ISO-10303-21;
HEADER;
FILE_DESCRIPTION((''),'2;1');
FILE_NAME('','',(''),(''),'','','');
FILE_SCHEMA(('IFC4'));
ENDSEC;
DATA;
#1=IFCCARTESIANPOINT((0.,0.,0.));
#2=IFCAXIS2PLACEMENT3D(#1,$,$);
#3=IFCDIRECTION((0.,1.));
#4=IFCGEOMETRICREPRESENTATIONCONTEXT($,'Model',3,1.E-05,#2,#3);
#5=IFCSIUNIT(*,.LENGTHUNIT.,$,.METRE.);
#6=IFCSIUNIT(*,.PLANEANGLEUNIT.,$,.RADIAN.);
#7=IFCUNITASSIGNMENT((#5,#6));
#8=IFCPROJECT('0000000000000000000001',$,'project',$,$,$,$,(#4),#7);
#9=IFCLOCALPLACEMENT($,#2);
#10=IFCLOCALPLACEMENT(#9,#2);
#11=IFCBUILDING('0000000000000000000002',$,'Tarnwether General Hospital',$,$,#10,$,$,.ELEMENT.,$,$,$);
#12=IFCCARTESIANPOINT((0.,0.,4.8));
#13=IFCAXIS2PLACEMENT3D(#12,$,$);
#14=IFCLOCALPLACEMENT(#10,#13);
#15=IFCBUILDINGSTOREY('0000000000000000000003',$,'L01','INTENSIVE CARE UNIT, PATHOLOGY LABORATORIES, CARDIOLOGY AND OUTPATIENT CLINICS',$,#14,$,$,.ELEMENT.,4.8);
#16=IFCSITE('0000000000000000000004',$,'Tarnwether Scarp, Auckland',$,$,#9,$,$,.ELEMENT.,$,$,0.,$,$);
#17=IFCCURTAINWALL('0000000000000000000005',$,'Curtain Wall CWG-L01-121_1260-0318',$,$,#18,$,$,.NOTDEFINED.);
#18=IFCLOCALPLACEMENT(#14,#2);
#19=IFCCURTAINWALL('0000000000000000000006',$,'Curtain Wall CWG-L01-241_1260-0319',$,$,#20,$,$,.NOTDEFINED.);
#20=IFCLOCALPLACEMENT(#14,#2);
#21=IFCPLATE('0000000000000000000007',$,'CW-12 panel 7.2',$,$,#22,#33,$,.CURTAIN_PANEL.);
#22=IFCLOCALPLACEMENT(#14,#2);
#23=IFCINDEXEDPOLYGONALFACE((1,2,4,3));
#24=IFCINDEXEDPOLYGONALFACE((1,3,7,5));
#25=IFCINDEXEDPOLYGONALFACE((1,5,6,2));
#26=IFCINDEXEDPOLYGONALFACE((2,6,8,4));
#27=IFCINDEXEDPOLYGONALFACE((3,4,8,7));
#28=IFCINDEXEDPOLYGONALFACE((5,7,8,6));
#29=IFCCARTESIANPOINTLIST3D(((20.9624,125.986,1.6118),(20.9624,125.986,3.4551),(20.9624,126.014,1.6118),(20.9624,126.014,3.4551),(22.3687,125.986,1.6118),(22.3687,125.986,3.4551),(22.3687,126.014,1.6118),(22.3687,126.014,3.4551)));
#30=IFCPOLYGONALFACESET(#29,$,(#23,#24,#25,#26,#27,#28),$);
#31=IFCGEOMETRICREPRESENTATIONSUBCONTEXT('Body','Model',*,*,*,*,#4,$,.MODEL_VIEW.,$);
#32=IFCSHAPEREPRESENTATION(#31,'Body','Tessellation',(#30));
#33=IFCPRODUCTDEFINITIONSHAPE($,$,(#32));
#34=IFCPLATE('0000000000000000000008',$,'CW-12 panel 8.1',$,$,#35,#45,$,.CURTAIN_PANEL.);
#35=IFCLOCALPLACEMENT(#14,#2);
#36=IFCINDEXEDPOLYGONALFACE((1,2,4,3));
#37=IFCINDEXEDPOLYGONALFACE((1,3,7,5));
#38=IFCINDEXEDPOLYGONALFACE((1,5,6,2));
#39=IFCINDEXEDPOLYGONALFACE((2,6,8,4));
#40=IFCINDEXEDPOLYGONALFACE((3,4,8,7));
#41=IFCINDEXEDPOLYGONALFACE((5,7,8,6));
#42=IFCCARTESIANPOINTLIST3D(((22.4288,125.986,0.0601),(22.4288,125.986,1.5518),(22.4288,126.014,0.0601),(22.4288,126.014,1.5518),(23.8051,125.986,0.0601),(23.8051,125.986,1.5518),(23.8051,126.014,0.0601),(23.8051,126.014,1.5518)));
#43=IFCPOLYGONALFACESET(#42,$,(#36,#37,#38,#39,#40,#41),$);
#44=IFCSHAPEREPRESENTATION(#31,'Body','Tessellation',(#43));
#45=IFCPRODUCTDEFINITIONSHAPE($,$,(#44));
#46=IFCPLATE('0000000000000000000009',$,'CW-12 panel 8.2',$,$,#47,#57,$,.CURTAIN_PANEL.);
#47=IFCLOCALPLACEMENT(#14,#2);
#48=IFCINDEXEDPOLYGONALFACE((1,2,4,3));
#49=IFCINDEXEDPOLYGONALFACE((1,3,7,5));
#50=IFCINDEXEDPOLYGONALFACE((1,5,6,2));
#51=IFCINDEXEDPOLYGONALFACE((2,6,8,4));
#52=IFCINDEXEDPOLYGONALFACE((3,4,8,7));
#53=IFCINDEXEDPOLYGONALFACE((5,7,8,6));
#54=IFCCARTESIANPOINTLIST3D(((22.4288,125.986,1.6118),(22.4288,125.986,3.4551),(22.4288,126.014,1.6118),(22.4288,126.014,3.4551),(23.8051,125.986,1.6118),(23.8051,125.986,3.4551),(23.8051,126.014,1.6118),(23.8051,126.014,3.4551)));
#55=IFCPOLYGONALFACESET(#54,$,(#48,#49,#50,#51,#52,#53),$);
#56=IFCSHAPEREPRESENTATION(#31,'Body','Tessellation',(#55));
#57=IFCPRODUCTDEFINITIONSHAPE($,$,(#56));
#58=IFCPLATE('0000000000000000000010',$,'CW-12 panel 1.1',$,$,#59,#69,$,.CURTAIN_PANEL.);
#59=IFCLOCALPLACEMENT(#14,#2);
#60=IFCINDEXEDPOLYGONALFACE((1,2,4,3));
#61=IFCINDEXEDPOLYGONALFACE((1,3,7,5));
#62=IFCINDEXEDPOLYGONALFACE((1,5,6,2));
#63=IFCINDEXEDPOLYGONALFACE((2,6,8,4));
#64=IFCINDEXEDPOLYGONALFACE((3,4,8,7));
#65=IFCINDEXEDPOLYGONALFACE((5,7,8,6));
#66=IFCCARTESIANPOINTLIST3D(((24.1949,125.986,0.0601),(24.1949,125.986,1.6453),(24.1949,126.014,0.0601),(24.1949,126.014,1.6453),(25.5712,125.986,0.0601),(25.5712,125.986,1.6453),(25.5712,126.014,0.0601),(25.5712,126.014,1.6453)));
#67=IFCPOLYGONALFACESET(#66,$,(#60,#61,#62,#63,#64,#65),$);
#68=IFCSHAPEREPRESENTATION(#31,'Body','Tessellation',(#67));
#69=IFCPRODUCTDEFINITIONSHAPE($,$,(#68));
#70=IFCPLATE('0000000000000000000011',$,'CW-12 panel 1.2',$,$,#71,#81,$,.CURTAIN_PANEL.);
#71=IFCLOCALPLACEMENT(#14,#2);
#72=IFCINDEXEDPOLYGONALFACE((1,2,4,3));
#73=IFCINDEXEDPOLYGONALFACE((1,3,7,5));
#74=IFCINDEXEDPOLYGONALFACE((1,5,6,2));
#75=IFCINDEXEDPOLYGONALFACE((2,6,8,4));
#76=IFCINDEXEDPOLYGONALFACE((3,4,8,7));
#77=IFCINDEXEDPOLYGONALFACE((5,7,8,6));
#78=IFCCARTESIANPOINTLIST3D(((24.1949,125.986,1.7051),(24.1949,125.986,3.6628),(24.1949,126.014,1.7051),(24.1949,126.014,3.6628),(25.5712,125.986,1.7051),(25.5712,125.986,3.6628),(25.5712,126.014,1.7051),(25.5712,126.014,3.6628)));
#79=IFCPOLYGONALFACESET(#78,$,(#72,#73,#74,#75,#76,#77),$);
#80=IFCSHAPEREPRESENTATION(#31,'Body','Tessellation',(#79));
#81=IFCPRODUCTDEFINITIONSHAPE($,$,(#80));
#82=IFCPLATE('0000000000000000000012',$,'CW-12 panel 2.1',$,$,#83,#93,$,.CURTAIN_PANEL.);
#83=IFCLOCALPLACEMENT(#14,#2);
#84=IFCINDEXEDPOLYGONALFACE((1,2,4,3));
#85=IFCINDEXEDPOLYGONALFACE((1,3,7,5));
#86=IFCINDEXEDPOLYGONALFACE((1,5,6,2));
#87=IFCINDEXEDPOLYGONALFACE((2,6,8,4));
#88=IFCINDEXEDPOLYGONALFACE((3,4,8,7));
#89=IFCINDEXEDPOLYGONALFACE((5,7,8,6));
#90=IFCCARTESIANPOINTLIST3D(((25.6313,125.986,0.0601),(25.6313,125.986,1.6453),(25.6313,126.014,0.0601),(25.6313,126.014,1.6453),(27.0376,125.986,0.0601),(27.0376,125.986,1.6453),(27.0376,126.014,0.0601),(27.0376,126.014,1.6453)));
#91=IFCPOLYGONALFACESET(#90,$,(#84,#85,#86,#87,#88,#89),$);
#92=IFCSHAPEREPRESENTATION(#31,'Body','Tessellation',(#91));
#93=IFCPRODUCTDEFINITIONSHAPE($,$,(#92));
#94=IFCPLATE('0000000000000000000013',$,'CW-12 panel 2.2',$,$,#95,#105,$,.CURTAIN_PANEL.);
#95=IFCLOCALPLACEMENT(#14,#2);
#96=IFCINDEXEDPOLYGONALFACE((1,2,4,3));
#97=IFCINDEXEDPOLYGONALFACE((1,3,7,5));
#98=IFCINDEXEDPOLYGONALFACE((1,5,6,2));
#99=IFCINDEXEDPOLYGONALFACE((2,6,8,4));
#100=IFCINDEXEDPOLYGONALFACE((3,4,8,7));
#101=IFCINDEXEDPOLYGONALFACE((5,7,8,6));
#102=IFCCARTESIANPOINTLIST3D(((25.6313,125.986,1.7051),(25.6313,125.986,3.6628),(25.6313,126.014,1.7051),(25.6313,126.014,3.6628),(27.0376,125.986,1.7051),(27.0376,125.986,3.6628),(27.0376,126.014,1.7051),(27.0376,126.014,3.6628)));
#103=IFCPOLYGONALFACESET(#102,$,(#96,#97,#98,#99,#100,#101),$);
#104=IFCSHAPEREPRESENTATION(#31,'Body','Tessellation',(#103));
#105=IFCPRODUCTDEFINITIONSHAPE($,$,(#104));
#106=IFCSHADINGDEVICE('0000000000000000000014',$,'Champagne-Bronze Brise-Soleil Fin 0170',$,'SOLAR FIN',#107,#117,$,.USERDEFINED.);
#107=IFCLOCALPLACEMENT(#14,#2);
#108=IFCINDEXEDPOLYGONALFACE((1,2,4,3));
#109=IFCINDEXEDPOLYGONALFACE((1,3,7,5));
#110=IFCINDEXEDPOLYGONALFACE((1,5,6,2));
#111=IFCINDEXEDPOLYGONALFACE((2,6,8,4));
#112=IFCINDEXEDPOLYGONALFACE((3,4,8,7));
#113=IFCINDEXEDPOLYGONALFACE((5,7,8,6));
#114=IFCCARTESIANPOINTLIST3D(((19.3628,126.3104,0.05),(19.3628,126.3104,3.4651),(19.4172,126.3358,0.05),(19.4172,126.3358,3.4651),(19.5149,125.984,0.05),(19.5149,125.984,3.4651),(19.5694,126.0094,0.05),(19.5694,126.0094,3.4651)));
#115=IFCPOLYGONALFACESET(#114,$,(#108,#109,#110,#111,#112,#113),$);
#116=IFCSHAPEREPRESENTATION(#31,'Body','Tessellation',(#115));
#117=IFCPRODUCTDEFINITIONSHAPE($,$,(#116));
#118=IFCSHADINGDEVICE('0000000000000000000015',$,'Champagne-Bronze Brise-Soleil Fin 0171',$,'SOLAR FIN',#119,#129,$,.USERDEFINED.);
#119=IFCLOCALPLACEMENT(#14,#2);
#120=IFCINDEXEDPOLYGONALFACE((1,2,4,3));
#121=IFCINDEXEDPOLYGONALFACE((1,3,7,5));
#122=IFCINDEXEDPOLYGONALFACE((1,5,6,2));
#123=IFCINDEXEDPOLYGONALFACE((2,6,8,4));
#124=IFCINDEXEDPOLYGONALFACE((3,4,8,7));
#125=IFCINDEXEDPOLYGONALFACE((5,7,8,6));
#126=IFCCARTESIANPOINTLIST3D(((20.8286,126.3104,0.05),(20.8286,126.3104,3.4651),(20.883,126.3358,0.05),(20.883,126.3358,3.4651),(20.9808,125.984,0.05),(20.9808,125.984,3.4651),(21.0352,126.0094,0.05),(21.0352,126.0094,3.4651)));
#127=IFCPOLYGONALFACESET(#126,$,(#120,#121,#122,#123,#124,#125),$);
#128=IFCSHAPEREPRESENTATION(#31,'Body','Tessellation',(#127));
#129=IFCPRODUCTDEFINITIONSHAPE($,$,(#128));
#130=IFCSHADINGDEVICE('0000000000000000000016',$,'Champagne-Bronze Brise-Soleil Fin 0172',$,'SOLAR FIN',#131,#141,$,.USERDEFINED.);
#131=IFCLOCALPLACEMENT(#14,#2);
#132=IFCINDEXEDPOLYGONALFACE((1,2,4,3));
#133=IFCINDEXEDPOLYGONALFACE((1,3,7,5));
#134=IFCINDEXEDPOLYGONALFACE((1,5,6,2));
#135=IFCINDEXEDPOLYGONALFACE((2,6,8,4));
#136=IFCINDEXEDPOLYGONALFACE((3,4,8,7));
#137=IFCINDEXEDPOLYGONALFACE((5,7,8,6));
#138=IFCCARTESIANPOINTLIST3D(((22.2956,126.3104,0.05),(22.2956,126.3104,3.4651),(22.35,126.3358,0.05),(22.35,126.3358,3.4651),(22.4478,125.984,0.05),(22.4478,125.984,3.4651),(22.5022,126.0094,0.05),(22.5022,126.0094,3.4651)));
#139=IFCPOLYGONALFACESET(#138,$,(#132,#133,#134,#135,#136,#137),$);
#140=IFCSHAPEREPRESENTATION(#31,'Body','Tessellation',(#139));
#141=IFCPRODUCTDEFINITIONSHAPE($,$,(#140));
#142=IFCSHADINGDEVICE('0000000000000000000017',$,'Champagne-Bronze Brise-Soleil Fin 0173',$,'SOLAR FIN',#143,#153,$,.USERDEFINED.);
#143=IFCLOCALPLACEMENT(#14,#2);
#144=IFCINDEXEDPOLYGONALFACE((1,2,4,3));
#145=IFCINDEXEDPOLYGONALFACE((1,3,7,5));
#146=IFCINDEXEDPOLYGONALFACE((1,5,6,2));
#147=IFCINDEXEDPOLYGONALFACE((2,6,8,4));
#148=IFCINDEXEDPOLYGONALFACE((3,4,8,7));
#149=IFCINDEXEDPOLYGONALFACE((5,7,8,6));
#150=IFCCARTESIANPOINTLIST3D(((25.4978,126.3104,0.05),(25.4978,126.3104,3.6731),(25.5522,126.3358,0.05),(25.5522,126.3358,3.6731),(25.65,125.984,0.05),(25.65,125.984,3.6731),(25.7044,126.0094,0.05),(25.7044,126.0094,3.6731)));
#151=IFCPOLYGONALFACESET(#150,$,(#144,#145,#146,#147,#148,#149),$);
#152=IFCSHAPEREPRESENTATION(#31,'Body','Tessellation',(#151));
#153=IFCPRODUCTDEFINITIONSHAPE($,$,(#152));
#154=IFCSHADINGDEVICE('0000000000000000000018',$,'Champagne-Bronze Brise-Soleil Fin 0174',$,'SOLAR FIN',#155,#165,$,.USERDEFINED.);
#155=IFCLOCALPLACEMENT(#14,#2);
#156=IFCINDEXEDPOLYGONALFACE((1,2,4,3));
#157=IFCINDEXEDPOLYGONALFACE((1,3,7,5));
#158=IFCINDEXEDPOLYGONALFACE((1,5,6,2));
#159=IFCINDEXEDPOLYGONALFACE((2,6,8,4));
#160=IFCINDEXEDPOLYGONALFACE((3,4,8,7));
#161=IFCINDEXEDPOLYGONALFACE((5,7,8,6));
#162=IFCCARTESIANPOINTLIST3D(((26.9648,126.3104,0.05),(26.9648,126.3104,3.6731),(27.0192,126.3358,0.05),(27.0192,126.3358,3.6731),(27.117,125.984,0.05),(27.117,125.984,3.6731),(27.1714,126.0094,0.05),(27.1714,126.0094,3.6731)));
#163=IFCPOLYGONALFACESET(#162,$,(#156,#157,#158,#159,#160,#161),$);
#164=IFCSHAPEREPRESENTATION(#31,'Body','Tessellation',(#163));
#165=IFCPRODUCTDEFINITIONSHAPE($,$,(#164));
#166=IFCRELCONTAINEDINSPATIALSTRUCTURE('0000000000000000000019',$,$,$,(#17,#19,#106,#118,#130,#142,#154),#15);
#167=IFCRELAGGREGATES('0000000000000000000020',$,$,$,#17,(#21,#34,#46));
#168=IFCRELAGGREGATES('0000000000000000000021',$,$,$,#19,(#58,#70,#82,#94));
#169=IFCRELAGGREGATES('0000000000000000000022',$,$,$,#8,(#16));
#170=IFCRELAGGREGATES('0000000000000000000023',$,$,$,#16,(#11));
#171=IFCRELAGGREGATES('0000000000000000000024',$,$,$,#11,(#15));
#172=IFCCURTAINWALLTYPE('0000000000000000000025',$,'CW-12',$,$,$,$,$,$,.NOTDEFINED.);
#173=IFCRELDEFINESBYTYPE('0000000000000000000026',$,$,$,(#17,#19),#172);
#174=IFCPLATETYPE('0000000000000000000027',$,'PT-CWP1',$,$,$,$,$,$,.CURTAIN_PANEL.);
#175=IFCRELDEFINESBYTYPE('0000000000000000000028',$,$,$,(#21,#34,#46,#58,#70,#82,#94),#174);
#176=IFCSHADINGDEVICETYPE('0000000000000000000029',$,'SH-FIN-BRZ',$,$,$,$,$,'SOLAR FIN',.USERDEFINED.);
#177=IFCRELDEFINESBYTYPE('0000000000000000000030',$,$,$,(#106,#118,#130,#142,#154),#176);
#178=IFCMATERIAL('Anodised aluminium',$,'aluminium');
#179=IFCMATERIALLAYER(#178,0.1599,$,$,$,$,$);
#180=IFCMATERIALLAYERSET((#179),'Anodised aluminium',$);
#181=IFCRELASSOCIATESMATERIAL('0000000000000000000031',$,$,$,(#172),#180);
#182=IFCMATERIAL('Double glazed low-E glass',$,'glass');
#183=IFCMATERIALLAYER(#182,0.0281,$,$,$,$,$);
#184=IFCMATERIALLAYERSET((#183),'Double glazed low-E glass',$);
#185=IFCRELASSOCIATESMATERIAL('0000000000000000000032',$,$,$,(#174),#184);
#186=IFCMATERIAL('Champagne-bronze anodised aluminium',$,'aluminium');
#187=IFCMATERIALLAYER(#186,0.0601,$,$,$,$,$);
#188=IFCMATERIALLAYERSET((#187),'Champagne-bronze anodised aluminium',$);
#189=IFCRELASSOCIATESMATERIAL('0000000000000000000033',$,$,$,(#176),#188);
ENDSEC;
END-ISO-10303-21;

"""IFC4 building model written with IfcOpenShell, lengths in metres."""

from ifc_helpers import new_model, si_unit, direction, frame, origin, origin_2d, place, context, subcontext, project, spatial, rectangle, extrude, material, layer, layer_set, type_object, element, aggregate, save


model = new_model("IFC4")

# Units and contexts
model_context = context("Model", 3, precision=1e-05, world=origin(), true_north=direction((0.0, 1.0)))
body_context = subcontext(model_context, "Body", "Model", "MODEL_VIEW")
ifc_project = project(units=[si_unit("LENGTHUNIT", "METRE"), si_unit("PLANEANGLEUNIT", "RADIAN")], contexts=[model_context])

# Site, building, storey
site_placement = place(None, origin())
site = spatial("IfcSite", under=ifc_project, at=site_placement, Name="Tarnwether Scarp, Auckland", CompositionType="ELEMENT", RefElevation=0.0)
building_placement = place(site_placement, origin())
building = spatial("IfcBuilding", under=site, at=building_placement, Name="Tarnwether General Hospital", CompositionType="ELEMENT")
storey_placement = place(building_placement, frame((0.0, 0.0, 4.8)))
storey = spatial("IfcBuildingStorey", under=building, at=storey_placement, Name="L01", Description="INTENSIVE CARE UNIT, PATHOLOGY LABORATORIES, CARDIOLOGY AND OUTPATIENT CLINICS", CompositionType="ELEMENT", Elevation=4.8)

# Curtain walls
ifc_material_1 = material(Name="Anodised aluminium", Category="aluminium")
ifc_layer_1 = layer(ifc_material_1, 0.1599)
ifc_layer_set_1 = layer_set([ifc_layer_1], Name="Anodised aluminium")
curtain_wall_type = type_object("IfcCurtainWallType", Name="CW-12", PredefinedType="NOTDEFINED", material=ifc_layer_set_1)
curtain_wall_1_placement = place(storey_placement, origin())
curtain_wall_1 = element("IfcCurtainWall", 1, at=curtain_wall_1_placement, inside=storey, type_object=curtain_wall_type, Name="Curtain Wall CWG-L01-121_1260-0318", PredefinedType="NOTDEFINED")
curtain_wall_2_placement = place(storey_placement, origin())
curtain_wall_2 = element("IfcCurtainWall", 2, at=curtain_wall_2_placement, inside=storey, type_object=curtain_wall_type, Name="Curtain Wall CWG-L01-241_1260-0319", PredefinedType="NOTDEFINED")

# Plates
ifc_material_2 = material(Name="Double glazed low-E glass", Category="glass")
ifc_layer_2 = layer(ifc_material_2, 0.0281)
ifc_layer_set_2 = layer_set([ifc_layer_2], Name="Double glazed low-E glass")
plate_type = type_object("IfcPlateType", Name="PT-CWP1", PredefinedType="CURTAIN_PANEL", material=ifc_layer_set_2)
plate_1_placement = place(storey_placement, frame((21.6655, 126.0, 1.6118), z_axis=(0.0, 0.0, 1.0), x_axis=(1.0, 0.0, 0.0)))
plate_1 = element("IfcPlate", 3, at=plate_1_placement, type_object=plate_type, Name="CW-12 panel 7.2", PredefinedType="CURTAIN_PANEL", context=body_context, shape_type="SweptSolid", body=[
    extrude(rectangle(XDim=1.4062, YDim=0.0281, at=origin_2d()), origin(), (0.0, 0.0, 1.0), 1.8433),
])
plate_2_placement = place(storey_placement, frame((23.1169, 126.0, 0.0601), z_axis=(0.0, 0.0, 1.0), x_axis=(1.0, 0.0, 0.0)))
plate_2 = element("IfcPlate", 4, at=plate_2_placement, type_object=plate_type, Name="CW-12 panel 8.1", PredefinedType="CURTAIN_PANEL", context=body_context, shape_type="SweptSolid", body=[
    extrude(rectangle(XDim=1.3762, YDim=0.0281, at=origin_2d()), origin(), (0.0, 0.0, 1.0), 1.4917),
])
plate_3_placement = place(storey_placement, frame((23.1169, 126.0, 1.6118), z_axis=(0.0, 0.0, 1.0), x_axis=(1.0, 0.0, 0.0)))
plate_3 = element("IfcPlate", 5, at=plate_3_placement, type_object=plate_type, Name="CW-12 panel 8.2", PredefinedType="CURTAIN_PANEL", context=body_context, shape_type="SweptSolid", body=[
    extrude(rectangle(XDim=1.3762, YDim=0.0281, at=origin_2d()), origin(), (0.0, 0.0, 1.0), 1.8433),
])
aggregate(curtain_wall_1, [plate_1, plate_2, plate_3])
plate_4_placement = place(storey_placement, frame((24.8831, 126.0, 0.0601), z_axis=(0.0, 0.0, 1.0), x_axis=(1.0, 0.0, 0.0)))
plate_4 = element("IfcPlate", 6, at=plate_4_placement, type_object=plate_type, Name="CW-12 panel 1.1", PredefinedType="CURTAIN_PANEL", context=body_context, shape_type="SweptSolid", body=[
    extrude(rectangle(XDim=1.3762, YDim=0.0281, at=origin_2d()), origin(), (0.0, 0.0, 1.0), 1.5852),
])
plate_5_placement = place(storey_placement, frame((24.8831, 126.0, 1.7051), z_axis=(0.0, 0.0, 1.0), x_axis=(1.0, 0.0, 0.0)))
plate_5 = element("IfcPlate", 7, at=plate_5_placement, type_object=plate_type, Name="CW-12 panel 1.2", PredefinedType="CURTAIN_PANEL", context=body_context, shape_type="SweptSolid", body=[
    extrude(rectangle(XDim=1.3762, YDim=0.0281, at=origin_2d()), origin(), (0.0, 0.0, 1.0), 1.9578),
])
plate_6_placement = place(storey_placement, frame((26.3345, 126.0, 0.0601), z_axis=(0.0, 0.0, 1.0), x_axis=(1.0, 0.0, 0.0)))
plate_6 = element("IfcPlate", 8, at=plate_6_placement, type_object=plate_type, Name="CW-12 panel 2.1", PredefinedType="CURTAIN_PANEL", context=body_context, shape_type="SweptSolid", body=[
    extrude(rectangle(XDim=1.4062, YDim=0.0281, at=origin_2d()), origin(), (0.0, 0.0, 1.0), 1.5852),
])
plate_7_placement = place(storey_placement, frame((26.3345, 126.0, 1.7051), z_axis=(0.0, 0.0, 1.0), x_axis=(1.0, 0.0, 0.0)))
plate_7 = element("IfcPlate", 9, at=plate_7_placement, type_object=plate_type, Name="CW-12 panel 2.2", PredefinedType="CURTAIN_PANEL", context=body_context, shape_type="SweptSolid", body=[
    extrude(rectangle(XDim=1.4062, YDim=0.0281, at=origin_2d()), origin(), (0.0, 0.0, 1.0), 1.9578),
])
aggregate(curtain_wall_2, [plate_4, plate_5, plate_6, plate_7])

# Shading devices
ifc_material_3 = material(Name="Champagne-bronze anodised aluminium", Category="aluminium")
ifc_layer_3 = layer(ifc_material_3, 0.0601)
ifc_layer_set_3 = layer_set([ifc_layer_3], Name="Champagne-bronze anodised aluminium")
shading_device_type = type_object("IfcShadingDeviceType", Name="SH-FIN-BRZ", ElementType="SOLAR FIN", PredefinedType="USERDEFINED", material=ifc_layer_set_3)
for number, where, z_axis, x_axis, name in (
    (10, (19.4661, 126.1599, 0.05), (0.0, 0.0, 1.0), (0.906308, 0.422618, 0.0), "Champagne-Bronze Brise-Soleil Fin 0170"),
    (11, (20.9319, 126.1599, 0.05), (0.0, 0.0, 1.0), (0.906308, 0.422618, 0.0), "Champagne-Bronze Brise-Soleil Fin 0171"),
    (12, (22.3989, 126.1599, 0.05), (0.0, 0.0, 1.0), (0.906308, 0.422618, 0.0), "Champagne-Bronze Brise-Soleil Fin 0172"),
):
    element("IfcShadingDevice", number, at=place(storey_placement, frame(where, z_axis=z_axis, x_axis=x_axis)), inside=storey, type_object=shading_device_type, Name=name, ObjectType="SOLAR FIN", PredefinedType="USERDEFINED", context=body_context, shape_type="SweptSolid", body=[
        extrude(rectangle(XDim=0.0601, YDim=0.3601, at=origin_2d()), origin(), (0.0, 0.0, 1.0), 3.415),
    ])
for number, where, z_axis, x_axis, name in (
    (13, (25.6011, 126.1599, 0.05), (0.0, 0.0, 1.0), (0.906308, 0.422618, 0.0), "Champagne-Bronze Brise-Soleil Fin 0173"),
    (14, (27.0681, 126.1599, 0.05), (0.0, 0.0, 1.0), (0.906308, 0.422618, 0.0), "Champagne-Bronze Brise-Soleil Fin 0174"),
):
    element("IfcShadingDevice", number, at=place(storey_placement, frame(where, z_axis=z_axis, x_axis=x_axis)), inside=storey, type_object=shading_device_type, Name=name, ObjectType="SOLAR FIN", PredefinedType="USERDEFINED", context=body_context, shape_type="SweptSolid", body=[
        extrude(rectangle(XDim=0.0601, YDim=0.3601, at=origin_2d()), origin(), (0.0, 0.0, 1.0), 3.623),
    ])

save(model, "model.ifc")
